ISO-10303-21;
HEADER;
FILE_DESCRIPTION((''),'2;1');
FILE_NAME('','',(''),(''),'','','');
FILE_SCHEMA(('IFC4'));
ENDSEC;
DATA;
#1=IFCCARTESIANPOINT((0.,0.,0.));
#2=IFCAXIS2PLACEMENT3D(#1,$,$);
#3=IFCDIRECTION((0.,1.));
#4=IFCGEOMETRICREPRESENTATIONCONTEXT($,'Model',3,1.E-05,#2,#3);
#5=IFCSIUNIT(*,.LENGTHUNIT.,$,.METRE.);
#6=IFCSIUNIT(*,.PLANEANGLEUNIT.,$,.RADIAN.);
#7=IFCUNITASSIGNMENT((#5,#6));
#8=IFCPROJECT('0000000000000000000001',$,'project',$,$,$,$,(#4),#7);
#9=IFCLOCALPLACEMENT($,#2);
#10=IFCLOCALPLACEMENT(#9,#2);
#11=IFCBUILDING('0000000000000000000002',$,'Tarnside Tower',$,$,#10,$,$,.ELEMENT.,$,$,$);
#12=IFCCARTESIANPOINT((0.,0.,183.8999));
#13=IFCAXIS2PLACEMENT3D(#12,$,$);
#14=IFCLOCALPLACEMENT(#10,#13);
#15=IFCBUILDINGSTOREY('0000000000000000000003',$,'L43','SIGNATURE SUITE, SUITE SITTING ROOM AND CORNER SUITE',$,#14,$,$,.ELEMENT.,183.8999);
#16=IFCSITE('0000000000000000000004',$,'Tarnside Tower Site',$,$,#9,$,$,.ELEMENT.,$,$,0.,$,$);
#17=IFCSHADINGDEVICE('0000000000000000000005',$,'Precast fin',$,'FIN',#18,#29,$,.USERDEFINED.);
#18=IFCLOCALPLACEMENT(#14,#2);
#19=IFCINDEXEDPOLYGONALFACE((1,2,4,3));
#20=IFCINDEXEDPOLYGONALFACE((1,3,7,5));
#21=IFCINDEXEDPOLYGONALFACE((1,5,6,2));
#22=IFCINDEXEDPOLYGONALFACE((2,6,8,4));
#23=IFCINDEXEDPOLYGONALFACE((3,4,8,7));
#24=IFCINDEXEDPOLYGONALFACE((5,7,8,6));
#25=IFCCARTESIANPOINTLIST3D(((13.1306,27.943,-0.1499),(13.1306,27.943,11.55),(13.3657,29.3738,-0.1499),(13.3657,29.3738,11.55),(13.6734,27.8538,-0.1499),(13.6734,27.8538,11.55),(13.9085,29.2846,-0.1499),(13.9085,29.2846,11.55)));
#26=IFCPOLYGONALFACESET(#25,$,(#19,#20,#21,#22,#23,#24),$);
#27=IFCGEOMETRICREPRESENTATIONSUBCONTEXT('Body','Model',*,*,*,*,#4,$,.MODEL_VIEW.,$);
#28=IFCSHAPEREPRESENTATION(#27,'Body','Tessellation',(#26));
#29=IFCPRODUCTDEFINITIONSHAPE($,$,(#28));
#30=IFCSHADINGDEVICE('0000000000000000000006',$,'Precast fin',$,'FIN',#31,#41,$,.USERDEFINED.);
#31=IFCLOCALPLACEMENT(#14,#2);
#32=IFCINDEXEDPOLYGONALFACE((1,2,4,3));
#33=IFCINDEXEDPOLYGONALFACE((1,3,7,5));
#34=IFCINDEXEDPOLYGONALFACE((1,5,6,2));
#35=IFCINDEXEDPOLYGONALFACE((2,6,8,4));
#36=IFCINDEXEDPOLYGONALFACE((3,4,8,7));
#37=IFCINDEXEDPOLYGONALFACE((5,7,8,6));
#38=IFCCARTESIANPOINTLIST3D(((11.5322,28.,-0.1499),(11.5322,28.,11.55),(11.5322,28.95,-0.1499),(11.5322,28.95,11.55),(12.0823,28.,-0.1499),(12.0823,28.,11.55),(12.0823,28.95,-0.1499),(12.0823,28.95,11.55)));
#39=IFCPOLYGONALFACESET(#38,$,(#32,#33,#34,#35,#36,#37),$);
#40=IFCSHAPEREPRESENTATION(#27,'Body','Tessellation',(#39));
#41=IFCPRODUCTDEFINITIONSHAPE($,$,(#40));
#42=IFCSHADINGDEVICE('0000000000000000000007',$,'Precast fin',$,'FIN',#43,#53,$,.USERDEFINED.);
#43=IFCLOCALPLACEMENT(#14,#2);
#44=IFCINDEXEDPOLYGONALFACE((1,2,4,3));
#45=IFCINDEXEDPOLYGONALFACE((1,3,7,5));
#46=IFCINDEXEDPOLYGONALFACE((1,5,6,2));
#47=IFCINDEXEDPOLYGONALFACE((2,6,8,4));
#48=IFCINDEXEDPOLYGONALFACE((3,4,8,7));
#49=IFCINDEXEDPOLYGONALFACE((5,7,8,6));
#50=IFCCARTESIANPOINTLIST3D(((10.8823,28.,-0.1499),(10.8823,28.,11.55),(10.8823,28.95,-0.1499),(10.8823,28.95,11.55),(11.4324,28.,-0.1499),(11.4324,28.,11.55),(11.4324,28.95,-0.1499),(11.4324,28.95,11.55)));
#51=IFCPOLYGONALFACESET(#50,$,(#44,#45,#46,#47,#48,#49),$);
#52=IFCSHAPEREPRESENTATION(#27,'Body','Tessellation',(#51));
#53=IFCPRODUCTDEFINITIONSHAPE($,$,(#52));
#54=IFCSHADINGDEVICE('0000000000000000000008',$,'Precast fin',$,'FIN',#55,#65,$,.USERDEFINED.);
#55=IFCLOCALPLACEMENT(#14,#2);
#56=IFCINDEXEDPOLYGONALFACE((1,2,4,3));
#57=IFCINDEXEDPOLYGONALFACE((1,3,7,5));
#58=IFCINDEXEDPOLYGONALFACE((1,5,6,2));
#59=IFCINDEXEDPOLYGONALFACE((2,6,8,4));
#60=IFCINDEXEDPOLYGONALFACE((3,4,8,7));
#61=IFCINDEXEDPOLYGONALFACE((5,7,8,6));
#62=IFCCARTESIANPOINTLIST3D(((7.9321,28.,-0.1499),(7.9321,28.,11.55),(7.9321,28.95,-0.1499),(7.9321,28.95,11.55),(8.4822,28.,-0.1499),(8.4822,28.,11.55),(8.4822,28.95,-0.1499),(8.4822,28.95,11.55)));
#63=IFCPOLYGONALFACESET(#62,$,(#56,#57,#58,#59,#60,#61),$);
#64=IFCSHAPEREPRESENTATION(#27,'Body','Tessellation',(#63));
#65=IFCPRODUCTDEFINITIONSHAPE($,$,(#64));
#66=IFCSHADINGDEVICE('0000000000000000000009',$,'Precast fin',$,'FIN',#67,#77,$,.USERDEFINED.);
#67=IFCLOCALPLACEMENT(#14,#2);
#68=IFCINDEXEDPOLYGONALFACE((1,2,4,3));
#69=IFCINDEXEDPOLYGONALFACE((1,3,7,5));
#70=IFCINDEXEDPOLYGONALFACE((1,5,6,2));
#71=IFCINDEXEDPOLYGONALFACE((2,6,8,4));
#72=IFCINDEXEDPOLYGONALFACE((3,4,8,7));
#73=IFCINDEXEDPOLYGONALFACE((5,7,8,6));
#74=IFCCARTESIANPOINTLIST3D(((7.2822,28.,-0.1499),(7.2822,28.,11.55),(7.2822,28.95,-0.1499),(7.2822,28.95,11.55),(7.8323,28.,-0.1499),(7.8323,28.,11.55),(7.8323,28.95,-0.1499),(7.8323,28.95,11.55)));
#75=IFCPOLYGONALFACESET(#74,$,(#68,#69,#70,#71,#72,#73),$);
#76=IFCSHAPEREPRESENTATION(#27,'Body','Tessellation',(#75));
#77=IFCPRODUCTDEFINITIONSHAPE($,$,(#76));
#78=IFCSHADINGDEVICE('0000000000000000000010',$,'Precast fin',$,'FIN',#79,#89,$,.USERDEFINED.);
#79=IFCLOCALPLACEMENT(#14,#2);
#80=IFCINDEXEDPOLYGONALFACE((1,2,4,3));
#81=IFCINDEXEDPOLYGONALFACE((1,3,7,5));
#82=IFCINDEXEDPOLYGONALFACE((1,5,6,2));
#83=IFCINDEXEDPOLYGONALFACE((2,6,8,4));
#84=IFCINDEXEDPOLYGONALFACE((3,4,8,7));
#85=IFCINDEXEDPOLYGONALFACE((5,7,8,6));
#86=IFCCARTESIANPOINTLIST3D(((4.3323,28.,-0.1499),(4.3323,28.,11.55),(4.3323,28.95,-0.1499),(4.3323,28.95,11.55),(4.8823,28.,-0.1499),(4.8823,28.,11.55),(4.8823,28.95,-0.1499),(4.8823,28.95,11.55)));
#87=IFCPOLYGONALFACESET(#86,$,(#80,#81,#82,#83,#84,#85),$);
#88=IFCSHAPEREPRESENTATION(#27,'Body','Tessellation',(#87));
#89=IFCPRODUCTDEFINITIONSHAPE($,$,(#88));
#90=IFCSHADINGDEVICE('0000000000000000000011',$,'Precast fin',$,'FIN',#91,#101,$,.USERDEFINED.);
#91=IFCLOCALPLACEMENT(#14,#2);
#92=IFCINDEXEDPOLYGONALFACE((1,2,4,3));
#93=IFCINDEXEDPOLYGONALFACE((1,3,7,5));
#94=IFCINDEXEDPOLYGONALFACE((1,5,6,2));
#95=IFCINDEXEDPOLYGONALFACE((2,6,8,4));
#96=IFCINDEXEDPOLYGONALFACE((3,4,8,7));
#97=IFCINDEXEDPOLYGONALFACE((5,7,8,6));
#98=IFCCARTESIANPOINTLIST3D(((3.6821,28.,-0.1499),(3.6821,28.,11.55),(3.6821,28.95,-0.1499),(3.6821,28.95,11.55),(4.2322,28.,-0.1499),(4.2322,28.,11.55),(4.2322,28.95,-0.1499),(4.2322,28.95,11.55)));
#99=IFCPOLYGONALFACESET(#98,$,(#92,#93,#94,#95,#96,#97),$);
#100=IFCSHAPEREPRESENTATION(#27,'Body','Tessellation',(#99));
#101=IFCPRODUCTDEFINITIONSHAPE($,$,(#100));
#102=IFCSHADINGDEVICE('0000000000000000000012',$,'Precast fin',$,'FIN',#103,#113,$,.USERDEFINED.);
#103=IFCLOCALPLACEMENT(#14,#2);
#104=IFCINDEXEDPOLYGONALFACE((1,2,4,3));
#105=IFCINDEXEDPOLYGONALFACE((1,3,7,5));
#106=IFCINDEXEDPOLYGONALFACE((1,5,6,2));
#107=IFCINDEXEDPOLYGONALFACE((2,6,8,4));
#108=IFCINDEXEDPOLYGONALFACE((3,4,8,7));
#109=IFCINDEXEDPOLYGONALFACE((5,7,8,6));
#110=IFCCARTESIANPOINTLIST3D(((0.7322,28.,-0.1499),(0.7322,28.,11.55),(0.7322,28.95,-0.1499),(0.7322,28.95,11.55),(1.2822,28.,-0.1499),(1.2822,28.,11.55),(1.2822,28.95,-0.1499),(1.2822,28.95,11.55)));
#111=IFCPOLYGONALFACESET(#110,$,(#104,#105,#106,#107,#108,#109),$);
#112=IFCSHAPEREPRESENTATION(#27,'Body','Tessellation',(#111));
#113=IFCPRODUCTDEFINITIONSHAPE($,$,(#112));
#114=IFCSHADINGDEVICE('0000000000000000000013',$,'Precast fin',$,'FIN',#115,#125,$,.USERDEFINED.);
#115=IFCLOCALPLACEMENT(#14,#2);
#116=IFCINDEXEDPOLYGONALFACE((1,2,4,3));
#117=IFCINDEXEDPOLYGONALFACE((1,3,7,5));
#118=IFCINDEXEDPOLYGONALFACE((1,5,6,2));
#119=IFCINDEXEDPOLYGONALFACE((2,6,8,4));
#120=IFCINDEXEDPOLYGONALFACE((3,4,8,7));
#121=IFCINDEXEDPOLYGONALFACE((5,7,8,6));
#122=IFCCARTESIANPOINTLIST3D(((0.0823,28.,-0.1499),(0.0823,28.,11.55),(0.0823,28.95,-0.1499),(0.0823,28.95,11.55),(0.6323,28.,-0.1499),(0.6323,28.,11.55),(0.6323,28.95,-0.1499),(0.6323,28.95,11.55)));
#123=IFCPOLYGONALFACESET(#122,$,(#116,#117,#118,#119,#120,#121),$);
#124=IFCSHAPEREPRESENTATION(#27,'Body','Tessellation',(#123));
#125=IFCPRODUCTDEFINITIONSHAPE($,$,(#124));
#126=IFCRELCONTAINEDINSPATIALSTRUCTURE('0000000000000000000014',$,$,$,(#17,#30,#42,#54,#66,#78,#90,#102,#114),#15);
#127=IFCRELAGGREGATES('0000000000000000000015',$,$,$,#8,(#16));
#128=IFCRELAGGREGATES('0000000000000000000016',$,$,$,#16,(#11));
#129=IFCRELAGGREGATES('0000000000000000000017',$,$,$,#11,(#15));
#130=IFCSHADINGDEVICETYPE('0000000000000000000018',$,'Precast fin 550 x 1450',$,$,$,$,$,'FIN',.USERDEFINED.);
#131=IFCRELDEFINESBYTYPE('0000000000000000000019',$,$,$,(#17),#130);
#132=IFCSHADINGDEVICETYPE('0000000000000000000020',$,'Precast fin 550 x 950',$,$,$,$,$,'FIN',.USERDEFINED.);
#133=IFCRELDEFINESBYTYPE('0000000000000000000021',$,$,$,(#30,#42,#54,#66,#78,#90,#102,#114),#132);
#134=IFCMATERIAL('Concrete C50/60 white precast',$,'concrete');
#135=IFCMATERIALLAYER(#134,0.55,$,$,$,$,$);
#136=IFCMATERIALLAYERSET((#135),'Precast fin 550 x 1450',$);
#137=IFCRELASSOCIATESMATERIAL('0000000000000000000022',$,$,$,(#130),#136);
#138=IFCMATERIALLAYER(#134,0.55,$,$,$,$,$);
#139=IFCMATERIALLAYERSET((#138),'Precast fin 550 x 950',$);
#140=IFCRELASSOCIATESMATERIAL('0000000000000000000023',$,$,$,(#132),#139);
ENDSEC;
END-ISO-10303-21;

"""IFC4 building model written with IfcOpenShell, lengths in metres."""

from ifc_helpers import new_model, si_unit, direction, frame, origin, place, context, subcontext, project, spatial, polyline, outline, extrude, material, layer, layer_set, type_object, element, save


model = new_model("IFC4")

# Units and contexts
model_context = context("Model", 3, precision=1e-05, world=origin(), true_north=direction((0.0, 1.0)))
body_context = subcontext(model_context, "Body", "Model", "MODEL_VIEW")
ifc_project = project(units=[si_unit("LENGTHUNIT", "METRE"), si_unit("PLANEANGLEUNIT", "RADIAN")], contexts=[model_context])

# Site, building, storey
site_placement = place(None, origin())
site = spatial("IfcSite", under=ifc_project, at=site_placement, Name="Tarnside Tower Site", CompositionType="ELEMENT", RefElevation=0.0)
building_placement = place(site_placement, origin())
building = spatial("IfcBuilding", under=site, at=building_placement, Name="Tarnside Tower", CompositionType="ELEMENT")
storey_placement = place(building_placement, frame((0.0, 0.0, 183.8999)))
storey = spatial("IfcBuildingStorey", under=building, at=storey_placement, Name="L43", Description="SIGNATURE SUITE, SUITE SITTING ROOM AND CORNER SUITE", CompositionType="ELEMENT", Elevation=183.8999)

# Shading devices
ifc_material_1 = material(Name="Concrete C50/60 white precast", Category="concrete")
ifc_layer_1 = layer(ifc_material_1, 0.55)
ifc_layer_set_1 = layer_set([ifc_layer_1], Name="Precast fin 550 x 1450")
shading_device_type_1 = type_object("IfcShadingDeviceType", Name="Precast fin 550 x 1450", ElementType="FIN", PredefinedType="USERDEFINED", material=ifc_layer_set_1)
shading_device_placement = place(storey_placement, frame((13.4019, 27.8984, -0.1499), z_axis=(0.986762, -0.162178, 0.0), x_axis=(0.162178, 0.986762, 0.0)))
element("IfcShadingDevice", 1, at=shading_device_placement, inside=storey, type_object=shading_device_type_1, Name="Precast fin", ObjectType="FIN", PredefinedType="USERDEFINED", context=body_context, shape_type="SweptSolid", body=[
    extrude(outline(polyline([(0.0, 0.0), (1.45, 0.0), (1.45, 11.7), (0.0, 11.7), (0.0, 0.0)])), frame((0.0, 0.0, -0.2749)), (0.0, 0.0, 1.0), 0.55),
])
ifc_layer_2 = layer(ifc_material_1, 0.55)
ifc_layer_set_2 = layer_set([ifc_layer_2], Name="Precast fin 550 x 950")
shading_device_type_2 = type_object("IfcShadingDeviceType", Name="Precast fin 550 x 950", ElementType="FIN", PredefinedType="USERDEFINED", material=ifc_layer_set_2)
for number, where, z_axis, x_axis, name in (
    (2, (11.8071, 28.0, -0.1499), (1.0, 0.0, 0.0), (0.0, 1.0, 0.0), "Precast fin"),
    (3, (11.1572, 28.0, -0.1499), (1.0, 0.0, 0.0), (0.0, 1.0, 0.0), "Precast fin"),
    (4, (8.207, 28.0, -0.1499), (1.0, 0.0, 0.0), (0.0, 1.0, 0.0), "Precast fin"),
    (5, (7.5571, 28.0, -0.1499), (1.0, 0.0, 0.0), (0.0, 1.0, 0.0), "Precast fin"),
    (6, (4.6072, 28.0, -0.1499), (1.0, 0.0, 0.0), (0.0, 1.0, 0.0), "Precast fin"),
    (7, (3.957, 28.0, -0.1499), (1.0, 0.0, 0.0), (0.0, 1.0, 0.0), "Precast fin"),
    (8, (1.0071, 28.0, -0.1499), (1.0, 0.0, 0.0), (0.0, 1.0, 0.0), "Precast fin"),
    (9, (0.3572, 28.0, -0.1499), (1.0, 0.0, 0.0), (0.0, 1.0, 0.0), "Precast fin"),
):
    element("IfcShadingDevice", number, at=place(storey_placement, frame(where, z_axis=z_axis, x_axis=x_axis)), inside=storey, type_object=shading_device_type_2, Name=name, ObjectType="FIN", PredefinedType="USERDEFINED", context=body_context, shape_type="SweptSolid", body=[
        extrude(outline(polyline([(0.0, 0.0), (0.95, 0.0), (0.95, 11.7), (0.0, 11.7), (0.0, 0.0)])), frame((0.0, 0.0, -0.2749)), (0.0, 0.0, 1.0), 0.55),
    ])

save(model, "model.ifc")
